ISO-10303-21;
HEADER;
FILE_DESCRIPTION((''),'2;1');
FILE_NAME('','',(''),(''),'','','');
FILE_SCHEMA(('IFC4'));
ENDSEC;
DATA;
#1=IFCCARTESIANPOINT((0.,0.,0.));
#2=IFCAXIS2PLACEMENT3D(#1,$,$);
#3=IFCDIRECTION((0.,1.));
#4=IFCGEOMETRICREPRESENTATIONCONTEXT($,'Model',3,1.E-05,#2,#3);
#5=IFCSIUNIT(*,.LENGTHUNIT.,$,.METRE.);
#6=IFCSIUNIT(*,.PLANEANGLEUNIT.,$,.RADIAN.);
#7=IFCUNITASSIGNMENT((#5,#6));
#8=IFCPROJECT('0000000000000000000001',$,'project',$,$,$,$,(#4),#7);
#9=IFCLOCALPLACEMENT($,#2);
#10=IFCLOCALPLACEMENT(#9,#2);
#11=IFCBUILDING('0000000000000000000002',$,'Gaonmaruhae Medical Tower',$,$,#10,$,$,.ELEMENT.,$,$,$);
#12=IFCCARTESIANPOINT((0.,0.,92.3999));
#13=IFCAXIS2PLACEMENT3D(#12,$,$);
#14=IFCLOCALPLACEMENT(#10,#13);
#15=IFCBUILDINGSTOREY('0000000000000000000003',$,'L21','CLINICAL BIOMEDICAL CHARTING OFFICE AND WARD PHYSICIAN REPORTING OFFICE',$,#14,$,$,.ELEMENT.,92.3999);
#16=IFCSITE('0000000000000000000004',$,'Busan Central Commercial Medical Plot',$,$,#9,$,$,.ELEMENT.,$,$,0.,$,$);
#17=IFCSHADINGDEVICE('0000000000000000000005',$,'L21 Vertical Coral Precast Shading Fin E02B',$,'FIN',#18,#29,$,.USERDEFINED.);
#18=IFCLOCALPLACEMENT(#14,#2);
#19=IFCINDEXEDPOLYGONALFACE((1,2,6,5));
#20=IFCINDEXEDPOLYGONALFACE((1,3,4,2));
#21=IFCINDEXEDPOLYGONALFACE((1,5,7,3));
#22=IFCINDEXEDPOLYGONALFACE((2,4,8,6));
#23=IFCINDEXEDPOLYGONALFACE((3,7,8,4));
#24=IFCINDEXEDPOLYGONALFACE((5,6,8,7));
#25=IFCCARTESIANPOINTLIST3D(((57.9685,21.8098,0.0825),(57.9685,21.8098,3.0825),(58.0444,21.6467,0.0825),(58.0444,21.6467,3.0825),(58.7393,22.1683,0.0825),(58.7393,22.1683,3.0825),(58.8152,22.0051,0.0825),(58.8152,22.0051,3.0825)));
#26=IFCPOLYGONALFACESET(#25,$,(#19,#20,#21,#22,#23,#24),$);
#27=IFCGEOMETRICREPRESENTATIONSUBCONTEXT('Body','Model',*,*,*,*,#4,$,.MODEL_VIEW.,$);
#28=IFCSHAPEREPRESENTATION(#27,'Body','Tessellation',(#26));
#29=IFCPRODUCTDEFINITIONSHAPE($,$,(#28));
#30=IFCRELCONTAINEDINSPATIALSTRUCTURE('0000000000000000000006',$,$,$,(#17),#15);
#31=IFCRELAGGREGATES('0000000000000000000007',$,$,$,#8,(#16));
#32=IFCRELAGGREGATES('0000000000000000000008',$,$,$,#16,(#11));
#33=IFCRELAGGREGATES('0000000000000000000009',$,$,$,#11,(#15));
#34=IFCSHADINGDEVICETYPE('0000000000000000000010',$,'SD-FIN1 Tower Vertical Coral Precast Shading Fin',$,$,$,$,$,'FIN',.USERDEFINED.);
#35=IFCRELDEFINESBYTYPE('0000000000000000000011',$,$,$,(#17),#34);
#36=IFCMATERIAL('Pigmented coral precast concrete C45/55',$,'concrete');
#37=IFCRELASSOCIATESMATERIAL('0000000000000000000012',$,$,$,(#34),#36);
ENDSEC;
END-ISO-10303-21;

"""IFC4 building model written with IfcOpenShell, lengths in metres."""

from ifc_helpers import new_model, si_unit, direction, frame, origin, origin_2d, place, context, subcontext, project, spatial, rectangle, extrude, material, type_object, element, save


model = new_model("IFC4")

# Units and contexts
model_context = context("Model", 3, precision=1e-05, world=origin(), true_north=direction((0.0, 1.0)))
body_context = subcontext(model_context, "Body", "Model", "MODEL_VIEW")
ifc_project = project(units=[si_unit("LENGTHUNIT", "METRE"), si_unit("PLANEANGLEUNIT", "RADIAN")], contexts=[model_context])

# Site, building, storey
site_placement = place(None, origin())
site = spatial("IfcSite", under=ifc_project, at=site_placement, Name="Busan Central Commercial Medical Plot", CompositionType="ELEMENT", RefElevation=0.0)
building_placement = place(site_placement, origin())
building = spatial("IfcBuilding", under=site, at=building_placement, Name="Gaonmaruhae Medical Tower", CompositionType="ELEMENT")
storey_placement = place(building_placement, frame((0.0, 0.0, 92.3999)))
storey = spatial("IfcBuildingStorey", under=building, at=storey_placement, Name="L21", Description="CLINICAL BIOMEDICAL CHARTING OFFICE AND WARD PHYSICIAN REPORTING OFFICE", CompositionType="ELEMENT", Elevation=92.3999)

# Shading device
ifc_material_1 = material(Name="Pigmented coral precast concrete C45/55", Category="concrete")
shading_device_type = type_object("IfcShadingDeviceType", Name="SD-FIN1 Tower Vertical Coral Precast Shading Fin", ElementType="FIN", PredefinedType="USERDEFINED", material=ifc_material_1)
for number, where, z_axis, x_axis, name in (
    (1, (58.3918, 21.9075, 0.0825), (0.0, 0.0, 1.0), (0.421669, -0.90675, 0.0), "L21 Vertical Coral Precast Shading Fin E02B"),
):
    element("IfcShadingDevice", number, at=place(storey_placement, frame(where, z_axis=z_axis, x_axis=x_axis)), inside=storey, type_object=shading_device_type, Name=name, ObjectType="FIN", PredefinedType="USERDEFINED", context=body_context, shape_type="SweptSolid", body=[
        extrude(rectangle(XDim=0.1799, YDim=0.8501, at=origin_2d()), origin(), (0.0, 0.0, 1.0), 3.0),
    ])

save(model, "model.ifc")
